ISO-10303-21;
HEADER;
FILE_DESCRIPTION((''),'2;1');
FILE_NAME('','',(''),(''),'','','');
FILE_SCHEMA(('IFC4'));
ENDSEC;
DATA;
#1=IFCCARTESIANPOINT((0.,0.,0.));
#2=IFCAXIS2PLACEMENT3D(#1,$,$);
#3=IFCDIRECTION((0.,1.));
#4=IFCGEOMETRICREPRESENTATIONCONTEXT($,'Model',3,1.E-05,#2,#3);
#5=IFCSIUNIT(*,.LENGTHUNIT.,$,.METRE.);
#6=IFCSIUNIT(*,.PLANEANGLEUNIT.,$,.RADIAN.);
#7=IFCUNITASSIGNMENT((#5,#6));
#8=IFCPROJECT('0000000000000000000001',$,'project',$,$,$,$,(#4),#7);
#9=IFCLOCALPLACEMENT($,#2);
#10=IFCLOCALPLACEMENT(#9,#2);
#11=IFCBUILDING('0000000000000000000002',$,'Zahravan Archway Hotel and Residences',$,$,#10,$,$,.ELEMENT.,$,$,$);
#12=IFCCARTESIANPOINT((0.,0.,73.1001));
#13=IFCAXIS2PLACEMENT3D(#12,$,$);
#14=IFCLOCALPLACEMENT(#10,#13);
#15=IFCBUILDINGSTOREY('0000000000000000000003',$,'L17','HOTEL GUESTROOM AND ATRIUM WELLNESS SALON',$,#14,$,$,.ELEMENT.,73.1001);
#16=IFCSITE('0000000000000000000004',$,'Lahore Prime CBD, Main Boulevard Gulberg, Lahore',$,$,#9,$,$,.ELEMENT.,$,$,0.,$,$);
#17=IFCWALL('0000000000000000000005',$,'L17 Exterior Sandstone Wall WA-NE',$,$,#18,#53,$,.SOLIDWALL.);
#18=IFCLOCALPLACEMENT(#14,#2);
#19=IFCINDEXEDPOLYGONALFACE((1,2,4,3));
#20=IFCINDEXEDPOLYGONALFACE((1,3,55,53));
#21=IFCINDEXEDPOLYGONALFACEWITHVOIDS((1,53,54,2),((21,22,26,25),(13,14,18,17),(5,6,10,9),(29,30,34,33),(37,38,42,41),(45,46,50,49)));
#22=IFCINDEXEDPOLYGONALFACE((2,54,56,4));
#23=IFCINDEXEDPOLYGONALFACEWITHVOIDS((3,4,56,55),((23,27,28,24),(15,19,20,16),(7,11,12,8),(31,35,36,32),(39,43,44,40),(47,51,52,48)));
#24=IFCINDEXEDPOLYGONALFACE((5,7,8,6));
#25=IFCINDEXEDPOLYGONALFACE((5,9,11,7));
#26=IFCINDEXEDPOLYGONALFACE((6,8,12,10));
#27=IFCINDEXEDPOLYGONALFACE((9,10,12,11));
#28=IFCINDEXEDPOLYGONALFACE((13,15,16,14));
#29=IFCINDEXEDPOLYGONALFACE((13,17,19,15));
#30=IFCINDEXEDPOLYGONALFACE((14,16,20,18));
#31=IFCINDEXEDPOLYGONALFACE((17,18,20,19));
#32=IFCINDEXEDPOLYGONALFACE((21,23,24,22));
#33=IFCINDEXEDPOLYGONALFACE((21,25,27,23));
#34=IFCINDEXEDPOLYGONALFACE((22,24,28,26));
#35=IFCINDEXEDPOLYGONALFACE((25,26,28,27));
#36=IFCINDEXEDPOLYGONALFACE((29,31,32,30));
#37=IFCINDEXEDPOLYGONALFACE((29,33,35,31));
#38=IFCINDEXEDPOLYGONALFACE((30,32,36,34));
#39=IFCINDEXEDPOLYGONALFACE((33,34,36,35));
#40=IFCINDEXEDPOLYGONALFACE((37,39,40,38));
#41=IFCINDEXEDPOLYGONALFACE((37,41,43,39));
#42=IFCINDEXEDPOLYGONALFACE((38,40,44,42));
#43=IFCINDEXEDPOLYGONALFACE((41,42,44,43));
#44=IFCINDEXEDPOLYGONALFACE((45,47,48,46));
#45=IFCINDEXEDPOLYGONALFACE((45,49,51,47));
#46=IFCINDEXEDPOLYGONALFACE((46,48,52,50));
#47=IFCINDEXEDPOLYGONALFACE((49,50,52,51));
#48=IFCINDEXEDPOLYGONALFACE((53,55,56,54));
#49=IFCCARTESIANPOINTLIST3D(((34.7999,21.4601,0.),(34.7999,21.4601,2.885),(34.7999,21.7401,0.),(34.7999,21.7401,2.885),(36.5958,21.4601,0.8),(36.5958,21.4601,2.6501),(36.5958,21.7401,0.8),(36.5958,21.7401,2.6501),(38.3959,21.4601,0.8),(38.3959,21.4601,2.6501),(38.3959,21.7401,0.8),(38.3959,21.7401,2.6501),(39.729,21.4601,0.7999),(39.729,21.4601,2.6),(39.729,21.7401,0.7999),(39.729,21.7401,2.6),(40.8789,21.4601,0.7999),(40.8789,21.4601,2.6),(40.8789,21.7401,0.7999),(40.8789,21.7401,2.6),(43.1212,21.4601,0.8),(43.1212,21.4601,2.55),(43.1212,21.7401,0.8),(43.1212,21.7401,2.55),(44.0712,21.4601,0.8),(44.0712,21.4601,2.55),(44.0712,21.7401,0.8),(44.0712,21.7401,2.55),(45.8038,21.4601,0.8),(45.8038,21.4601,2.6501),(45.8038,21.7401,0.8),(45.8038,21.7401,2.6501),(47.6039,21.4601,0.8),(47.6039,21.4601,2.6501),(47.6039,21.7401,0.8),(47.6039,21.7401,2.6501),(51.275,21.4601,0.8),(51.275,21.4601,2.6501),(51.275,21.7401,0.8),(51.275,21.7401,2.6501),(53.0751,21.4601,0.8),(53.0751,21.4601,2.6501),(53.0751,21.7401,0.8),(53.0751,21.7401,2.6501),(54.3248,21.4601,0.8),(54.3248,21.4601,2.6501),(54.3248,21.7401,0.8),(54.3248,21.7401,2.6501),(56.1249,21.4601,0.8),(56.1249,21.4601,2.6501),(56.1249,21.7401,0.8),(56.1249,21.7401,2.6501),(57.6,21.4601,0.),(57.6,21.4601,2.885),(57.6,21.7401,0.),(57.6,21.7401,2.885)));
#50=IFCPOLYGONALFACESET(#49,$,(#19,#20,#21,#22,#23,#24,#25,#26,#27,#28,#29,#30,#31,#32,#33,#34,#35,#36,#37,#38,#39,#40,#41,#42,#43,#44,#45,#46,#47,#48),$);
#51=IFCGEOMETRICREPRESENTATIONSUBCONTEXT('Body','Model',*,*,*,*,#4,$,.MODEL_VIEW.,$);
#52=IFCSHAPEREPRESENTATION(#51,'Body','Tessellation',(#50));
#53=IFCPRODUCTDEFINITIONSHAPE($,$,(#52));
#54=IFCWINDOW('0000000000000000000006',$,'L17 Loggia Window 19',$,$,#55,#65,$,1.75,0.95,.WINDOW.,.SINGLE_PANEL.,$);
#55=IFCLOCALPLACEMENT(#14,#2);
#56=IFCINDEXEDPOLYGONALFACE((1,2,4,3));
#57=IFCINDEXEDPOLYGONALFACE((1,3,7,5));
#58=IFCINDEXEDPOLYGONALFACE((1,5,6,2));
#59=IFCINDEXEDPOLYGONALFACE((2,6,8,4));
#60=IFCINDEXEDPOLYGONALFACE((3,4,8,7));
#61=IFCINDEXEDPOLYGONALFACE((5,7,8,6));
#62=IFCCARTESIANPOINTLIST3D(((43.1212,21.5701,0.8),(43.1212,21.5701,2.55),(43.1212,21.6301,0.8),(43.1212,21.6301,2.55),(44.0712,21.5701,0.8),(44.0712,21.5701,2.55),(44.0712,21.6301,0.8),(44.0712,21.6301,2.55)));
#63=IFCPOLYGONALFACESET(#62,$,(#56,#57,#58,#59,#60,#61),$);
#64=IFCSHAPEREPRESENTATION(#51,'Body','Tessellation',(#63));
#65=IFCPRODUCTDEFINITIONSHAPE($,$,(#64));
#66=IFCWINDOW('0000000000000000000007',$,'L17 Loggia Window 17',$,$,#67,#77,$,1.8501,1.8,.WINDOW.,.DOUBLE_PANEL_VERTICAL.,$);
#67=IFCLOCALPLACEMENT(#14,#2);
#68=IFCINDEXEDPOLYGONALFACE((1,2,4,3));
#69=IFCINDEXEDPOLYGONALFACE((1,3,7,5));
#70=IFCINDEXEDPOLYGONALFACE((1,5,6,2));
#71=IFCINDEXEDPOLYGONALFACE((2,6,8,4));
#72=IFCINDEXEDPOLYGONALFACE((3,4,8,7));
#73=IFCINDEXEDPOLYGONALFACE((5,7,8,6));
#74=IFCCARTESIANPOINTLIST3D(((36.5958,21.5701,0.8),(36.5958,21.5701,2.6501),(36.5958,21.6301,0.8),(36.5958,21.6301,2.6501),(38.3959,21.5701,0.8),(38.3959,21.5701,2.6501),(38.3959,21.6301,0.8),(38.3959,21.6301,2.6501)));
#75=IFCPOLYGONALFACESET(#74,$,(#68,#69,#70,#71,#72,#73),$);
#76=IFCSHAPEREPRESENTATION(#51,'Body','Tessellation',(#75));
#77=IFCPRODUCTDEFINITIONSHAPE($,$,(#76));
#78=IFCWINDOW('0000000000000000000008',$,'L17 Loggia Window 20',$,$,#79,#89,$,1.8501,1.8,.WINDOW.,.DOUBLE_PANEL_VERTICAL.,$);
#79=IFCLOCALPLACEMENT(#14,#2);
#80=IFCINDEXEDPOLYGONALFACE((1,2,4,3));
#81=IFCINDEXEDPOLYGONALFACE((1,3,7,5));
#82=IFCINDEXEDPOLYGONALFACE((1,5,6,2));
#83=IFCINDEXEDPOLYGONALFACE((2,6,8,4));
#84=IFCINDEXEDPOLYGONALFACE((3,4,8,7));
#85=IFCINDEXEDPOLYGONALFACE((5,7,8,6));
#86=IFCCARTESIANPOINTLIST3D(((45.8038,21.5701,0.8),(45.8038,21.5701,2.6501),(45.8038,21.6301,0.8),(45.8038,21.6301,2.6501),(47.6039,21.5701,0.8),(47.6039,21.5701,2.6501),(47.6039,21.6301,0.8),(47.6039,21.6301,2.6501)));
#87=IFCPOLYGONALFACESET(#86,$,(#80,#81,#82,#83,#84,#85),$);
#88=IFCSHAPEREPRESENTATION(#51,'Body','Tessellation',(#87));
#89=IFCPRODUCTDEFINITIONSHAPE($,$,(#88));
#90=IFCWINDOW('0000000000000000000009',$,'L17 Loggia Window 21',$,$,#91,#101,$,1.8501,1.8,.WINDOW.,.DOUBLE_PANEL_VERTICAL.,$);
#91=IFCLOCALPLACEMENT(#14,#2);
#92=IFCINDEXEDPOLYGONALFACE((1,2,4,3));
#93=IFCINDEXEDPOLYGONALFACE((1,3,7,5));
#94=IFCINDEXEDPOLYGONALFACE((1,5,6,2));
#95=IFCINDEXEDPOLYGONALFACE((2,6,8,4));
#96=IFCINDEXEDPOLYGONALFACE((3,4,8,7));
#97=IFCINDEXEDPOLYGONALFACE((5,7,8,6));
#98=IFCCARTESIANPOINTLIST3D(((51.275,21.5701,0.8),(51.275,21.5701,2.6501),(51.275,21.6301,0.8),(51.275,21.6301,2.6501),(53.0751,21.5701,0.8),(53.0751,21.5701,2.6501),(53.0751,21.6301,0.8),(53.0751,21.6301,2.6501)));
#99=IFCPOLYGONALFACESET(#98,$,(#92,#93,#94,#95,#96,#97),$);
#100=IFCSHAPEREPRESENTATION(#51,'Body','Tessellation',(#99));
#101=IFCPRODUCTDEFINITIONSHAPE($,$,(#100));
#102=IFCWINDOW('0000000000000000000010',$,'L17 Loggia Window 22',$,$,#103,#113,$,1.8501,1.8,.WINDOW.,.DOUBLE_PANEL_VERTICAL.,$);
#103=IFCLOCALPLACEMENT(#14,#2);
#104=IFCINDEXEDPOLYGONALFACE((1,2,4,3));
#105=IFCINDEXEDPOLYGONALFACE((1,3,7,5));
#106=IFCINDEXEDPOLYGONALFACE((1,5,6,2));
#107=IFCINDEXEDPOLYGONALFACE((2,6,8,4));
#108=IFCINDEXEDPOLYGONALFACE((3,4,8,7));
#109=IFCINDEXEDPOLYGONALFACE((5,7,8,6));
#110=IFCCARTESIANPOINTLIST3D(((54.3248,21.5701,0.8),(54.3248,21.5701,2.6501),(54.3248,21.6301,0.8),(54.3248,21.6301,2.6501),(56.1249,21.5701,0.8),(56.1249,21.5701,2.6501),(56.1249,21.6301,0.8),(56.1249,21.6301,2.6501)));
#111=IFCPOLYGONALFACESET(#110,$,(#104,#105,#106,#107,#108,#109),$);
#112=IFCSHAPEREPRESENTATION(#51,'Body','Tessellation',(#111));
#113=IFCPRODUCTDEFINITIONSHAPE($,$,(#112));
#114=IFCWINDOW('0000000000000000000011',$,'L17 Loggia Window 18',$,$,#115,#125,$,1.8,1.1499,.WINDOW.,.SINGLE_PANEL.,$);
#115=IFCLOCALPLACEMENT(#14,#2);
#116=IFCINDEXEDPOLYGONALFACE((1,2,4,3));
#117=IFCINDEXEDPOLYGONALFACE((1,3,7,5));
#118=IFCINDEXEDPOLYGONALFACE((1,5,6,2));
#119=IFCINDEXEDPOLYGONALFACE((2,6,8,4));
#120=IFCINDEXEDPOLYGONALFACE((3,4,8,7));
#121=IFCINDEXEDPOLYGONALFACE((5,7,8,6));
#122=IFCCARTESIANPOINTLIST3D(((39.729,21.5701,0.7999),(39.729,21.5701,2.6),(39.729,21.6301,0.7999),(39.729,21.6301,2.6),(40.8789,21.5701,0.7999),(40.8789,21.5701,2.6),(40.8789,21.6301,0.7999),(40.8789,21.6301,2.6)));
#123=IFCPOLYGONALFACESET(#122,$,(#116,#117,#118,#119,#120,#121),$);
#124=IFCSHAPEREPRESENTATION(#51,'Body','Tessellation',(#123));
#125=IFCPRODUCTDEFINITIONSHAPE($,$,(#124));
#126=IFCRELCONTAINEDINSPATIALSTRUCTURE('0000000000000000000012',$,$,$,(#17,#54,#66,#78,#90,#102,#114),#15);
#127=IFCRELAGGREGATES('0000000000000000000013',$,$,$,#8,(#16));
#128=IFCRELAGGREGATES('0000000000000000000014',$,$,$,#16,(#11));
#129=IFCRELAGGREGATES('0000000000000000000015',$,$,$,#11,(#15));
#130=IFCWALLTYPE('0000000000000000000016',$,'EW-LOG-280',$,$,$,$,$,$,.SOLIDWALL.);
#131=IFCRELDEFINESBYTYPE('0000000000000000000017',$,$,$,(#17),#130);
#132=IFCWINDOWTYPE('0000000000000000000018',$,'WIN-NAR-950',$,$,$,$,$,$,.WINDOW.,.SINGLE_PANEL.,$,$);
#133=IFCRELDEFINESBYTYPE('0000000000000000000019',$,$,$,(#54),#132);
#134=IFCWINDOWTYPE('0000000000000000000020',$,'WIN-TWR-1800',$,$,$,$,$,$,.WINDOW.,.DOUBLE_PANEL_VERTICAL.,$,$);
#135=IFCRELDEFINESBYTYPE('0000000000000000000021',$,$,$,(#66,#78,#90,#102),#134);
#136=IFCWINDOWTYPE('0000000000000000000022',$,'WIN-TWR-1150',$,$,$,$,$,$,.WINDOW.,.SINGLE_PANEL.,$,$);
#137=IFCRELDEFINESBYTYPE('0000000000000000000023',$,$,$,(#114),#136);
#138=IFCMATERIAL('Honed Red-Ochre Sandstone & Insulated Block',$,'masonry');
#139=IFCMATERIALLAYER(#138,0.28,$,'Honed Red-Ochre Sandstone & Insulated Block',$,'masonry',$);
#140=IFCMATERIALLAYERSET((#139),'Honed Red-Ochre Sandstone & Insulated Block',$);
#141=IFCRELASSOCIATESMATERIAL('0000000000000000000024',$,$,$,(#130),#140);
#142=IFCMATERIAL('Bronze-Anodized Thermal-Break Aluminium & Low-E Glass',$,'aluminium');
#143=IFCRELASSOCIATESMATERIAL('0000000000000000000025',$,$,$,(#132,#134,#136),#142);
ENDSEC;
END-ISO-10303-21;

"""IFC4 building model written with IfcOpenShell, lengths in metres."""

from ifc_helpers import new_model, si_unit, direction, frame, frame_2d, origin, place, context, subcontext, project, spatial, rectangle, extrude, source, transform, mapped, material, layer, layer_set, type_object, type_shapes, element, fill, save


model = new_model("IFC4")

# Units and contexts
model_context = context("Model", 3, precision=1e-05, world=origin(), true_north=direction((0.0, 1.0)))
body_context = subcontext(model_context, "Body", "Model", "MODEL_VIEW")
ifc_project = project(units=[si_unit("LENGTHUNIT", "METRE"), si_unit("PLANEANGLEUNIT", "RADIAN")], contexts=[model_context])

# Site, building, storey
site_placement = place(None, origin())
site = spatial("IfcSite", under=ifc_project, at=site_placement, Name="Lahore Prime CBD, Main Boulevard Gulberg, Lahore", CompositionType="ELEMENT", RefElevation=0.0)
building_placement = place(site_placement, origin())
building = spatial("IfcBuilding", under=site, at=building_placement, Name="Zahravan Archway Hotel and Residences", CompositionType="ELEMENT")
storey_placement = place(building_placement, frame((0.0, 0.0, 73.1001)))
storey = spatial("IfcBuildingStorey", under=building, at=storey_placement, Name="L17", Description="HOTEL GUESTROOM AND ATRIUM WELLNESS SALON", CompositionType="ELEMENT", Elevation=73.1001)

# Wall, openings, windows
ifc_material_1 = material(Name="Honed Red-Ochre Sandstone & Insulated Block", Category="masonry")
ifc_layer_1 = layer(ifc_material_1, 0.28, Name="Honed Red-Ochre Sandstone & Insulated Block", Category="masonry")
ifc_layer_set_1 = layer_set([ifc_layer_1], Name="Honed Red-Ochre Sandstone & Insulated Block")
wall_type = type_object("IfcWallType", Name="EW-LOG-280", PredefinedType="SOLIDWALL", material=ifc_layer_set_1)
wall_placement = place(storey_placement, frame((34.8, 21.6001, 0.0), z_axis=(0.0, 0.0, 1.0), x_axis=(1.0, 0.0, 0.0)))
wall = element("IfcWall", 1, at=wall_placement, inside=storey, type_object=wall_type, Name="L17 Exterior Sandstone Wall WA-NE", PredefinedType="SOLIDWALL", context=body_context, shape_type="SweptSolid", body=[
    extrude(rectangle(XDim=22.8, YDim=0.28, at=frame_2d((11.3999, 0.0))), origin(), (0.0, 0.0, 1.0), 2.885),
])
opening_1_placement = place(wall_placement, frame((1.7959, 0.0, 0.8)))
opening_1 = element("IfcOpeningElement", 2, at=opening_1_placement, cuts=wall, PredefinedType="OPENING", context=body_context, shape_type="SweptSolid", body=[
    extrude(rectangle(XDim=1.8, YDim=1.8501, at=frame_2d((0.8999, 0.925))), frame((0.0, 0.1499, 0.0), z_axis=(0.0, -1.0, 0.0), x_axis=(1.0, 0.0, 0.0)), (0.0, 0.0, 1.0), 0.3),
])
opening_2_placement = place(wall_placement, frame((4.929, 0.0, 0.8)))
opening_2 = element("IfcOpeningElement", 3, at=opening_2_placement, cuts=wall, PredefinedType="OPENING", context=body_context, shape_type="SweptSolid", body=[
    extrude(rectangle(XDim=1.1499, YDim=1.8, at=frame_2d((0.575, 0.8999))), frame((0.0, 0.1499, 0.0), z_axis=(0.0, -1.0, 0.0), x_axis=(1.0, 0.0, 0.0)), (0.0, 0.0, 1.0), 0.3),
])
opening_3_placement = place(wall_placement, frame((8.321, 0.0, 0.8)))
opening_3 = element("IfcOpeningElement", 4, at=opening_3_placement, cuts=wall, PredefinedType="OPENING", context=body_context, shape_type="SweptSolid", body=[
    extrude(rectangle(XDim=0.95, YDim=1.75, at=frame_2d((0.4751, 0.875))), frame((0.0, 0.1499, 0.0), z_axis=(0.0, -1.0, 0.0), x_axis=(1.0, 0.0, 0.0)), (0.0, 0.0, 1.0), 0.3),
])
opening_4_placement = place(wall_placement, frame((11.0039, 0.0, 0.8)))
opening_4 = element("IfcOpeningElement", 5, at=opening_4_placement, cuts=wall, PredefinedType="OPENING", context=body_context, shape_type="SweptSolid", body=[
    extrude(rectangle(XDim=1.8, YDim=1.8501, at=frame_2d((0.8999, 0.925))), frame((0.0, 0.1499, 0.0), z_axis=(0.0, -1.0, 0.0), x_axis=(1.0, 0.0, 0.0)), (0.0, 0.0, 1.0), 0.3),
])
opening_5_placement = place(wall_placement, frame((16.4751, 0.0, 0.8)))
opening_5 = element("IfcOpeningElement", 6, at=opening_5_placement, cuts=wall, PredefinedType="OPENING", context=body_context, shape_type="SweptSolid", body=[
    extrude(rectangle(XDim=1.8, YDim=1.8501, at=frame_2d((0.8999, 0.925))), frame((0.0, 0.1499, 0.0), z_axis=(0.0, -1.0, 0.0), x_axis=(1.0, 0.0, 0.0)), (0.0, 0.0, 1.0), 0.3),
])
opening_6_placement = place(wall_placement, frame((19.5249, 0.0, 0.8)))
opening_6 = element("IfcOpeningElement", 7, at=opening_6_placement, cuts=wall, PredefinedType="OPENING", context=body_context, shape_type="SweptSolid", body=[
    extrude(rectangle(XDim=1.8, YDim=1.8501, at=frame_2d((0.8999, 0.925))), frame((0.0, 0.1499, 0.0), z_axis=(0.0, -1.0, 0.0), x_axis=(1.0, 0.0, 0.0)), (0.0, 0.0, 1.0), 0.3),
])
ifc_material_2 = material(Name="Bronze-Anodized Thermal-Break Aluminium & Low-E Glass", Category="aluminium")
window_type_1 = type_object("IfcWindowType", Name="WIN-NAR-950", PartitioningType="SINGLE_PANEL", PredefinedType="WINDOW", material=ifc_material_2)
shared_shape_1 = source(origin(), body_context, "Body", "SweptSolid", [
    extrude(rectangle(XDim=0.95, YDim=1.75, at=frame_2d((0.4751, 0.875))), frame((0.0, 0.03, 0.0), z_axis=(0.0, -1.0, 0.0), x_axis=(1.0, 0.0, 0.0)), (0.0, 0.0, 1.0), 0.0601),
])
type_shapes(window_type_1, [shared_shape_1])
window_1_placement = place(opening_3_placement, origin())
window_1 = element("IfcWindow", 8, at=window_1_placement, inside=storey, type_object=window_type_1, Name="L17 Loggia Window 19", OverallHeight=1.75, OverallWidth=0.95, PartitioningType="SINGLE_PANEL", PredefinedType="WINDOW", context=body_context, shape_type="MappedRepresentation", body=[
    mapped(shared_shape_1, transform((0.0, 0.0, 0.0), scale=1.0)),
])
fill(opening_3, window_1)
window_type_2 = type_object("IfcWindowType", Name="WIN-TWR-1800", PartitioningType="DOUBLE_PANEL_VERTICAL", PredefinedType="WINDOW", material=ifc_material_2)
shared_shape_2 = source(origin(), body_context, "Body", "SweptSolid", [
    extrude(rectangle(XDim=1.8, YDim=1.8501, at=frame_2d((0.8999, 0.925))), frame((0.0, 0.03, 0.0), z_axis=(0.0, -1.0, 0.0), x_axis=(1.0, 0.0, 0.0)), (0.0, 0.0, 1.0), 0.0601),
])
type_shapes(window_type_2, [shared_shape_2])
window_2_placement = place(opening_1_placement, origin())
window_2 = element("IfcWindow", 9, at=window_2_placement, inside=storey, type_object=window_type_2, Name="L17 Loggia Window 17", OverallHeight=1.8501, OverallWidth=1.8, PartitioningType="DOUBLE_PANEL_VERTICAL", PredefinedType="WINDOW", context=body_context, shape_type="MappedRepresentation", body=[
    mapped(shared_shape_2, transform((0.0, 0.0, 0.0), scale=1.0)),
])
fill(opening_1, window_2)
window_3_placement = place(opening_4_placement, origin())
window_3 = element("IfcWindow", 10, at=window_3_placement, inside=storey, type_object=window_type_2, Name="L17 Loggia Window 20", OverallHeight=1.8501, OverallWidth=1.8, PartitioningType="DOUBLE_PANEL_VERTICAL", PredefinedType="WINDOW", context=body_context, shape_type="MappedRepresentation", body=[
    mapped(shared_shape_2, transform((0.0, 0.0, 0.0), scale=1.0)),
])
fill(opening_4, window_3)
window_4_placement = place(opening_5_placement, origin())
window_4 = element("IfcWindow", 11, at=window_4_placement, inside=storey, type_object=window_type_2, Name="L17 Loggia Window 21", OverallHeight=1.8501, OverallWidth=1.8, PartitioningType="DOUBLE_PANEL_VERTICAL", PredefinedType="WINDOW", context=body_context, shape_type="MappedRepresentation", body=[
    mapped(shared_shape_2, transform((0.0, 0.0, 0.0), scale=1.0)),
])
fill(opening_5, window_4)
window_5_placement = place(opening_6_placement, origin())
window_5 = element("IfcWindow", 12, at=window_5_placement, inside=storey, type_object=window_type_2, Name="L17 Loggia Window 22", OverallHeight=1.8501, OverallWidth=1.8, PartitioningType="DOUBLE_PANEL_VERTICAL", PredefinedType="WINDOW", context=body_context, shape_type="MappedRepresentation", body=[
    mapped(shared_shape_2, transform((0.0, 0.0, 0.0), scale=1.0)),
])
fill(opening_6, window_5)
window_type_3 = type_object("IfcWindowType", Name="WIN-TWR-1150", PartitioningType="SINGLE_PANEL", PredefinedType="WINDOW", material=ifc_material_2)
shared_shape_3 = source(origin(), body_context, "Body", "SweptSolid", [
    extrude(rectangle(XDim=1.1499, YDim=1.8, at=frame_2d((0.575, 0.8999))), frame((0.0, 0.03, 0.0), z_axis=(0.0, -1.0, 0.0), x_axis=(1.0, 0.0, 0.0)), (0.0, 0.0, 1.0), 0.0601),
])
type_shapes(window_type_3, [shared_shape_3])
window_6_placement = place(opening_2_placement, origin())
window_6 = element("IfcWindow", 13, at=window_6_placement, inside=storey, type_object=window_type_3, Name="L17 Loggia Window 18", OverallHeight=1.8, OverallWidth=1.1499, PartitioningType="SINGLE_PANEL", PredefinedType="WINDOW", context=body_context, shape_type="MappedRepresentation", body=[
    mapped(shared_shape_3, transform((0.0, 0.0, 0.0), scale=1.0)),
])
fill(opening_2, window_6)

save(model, "model.ifc")
